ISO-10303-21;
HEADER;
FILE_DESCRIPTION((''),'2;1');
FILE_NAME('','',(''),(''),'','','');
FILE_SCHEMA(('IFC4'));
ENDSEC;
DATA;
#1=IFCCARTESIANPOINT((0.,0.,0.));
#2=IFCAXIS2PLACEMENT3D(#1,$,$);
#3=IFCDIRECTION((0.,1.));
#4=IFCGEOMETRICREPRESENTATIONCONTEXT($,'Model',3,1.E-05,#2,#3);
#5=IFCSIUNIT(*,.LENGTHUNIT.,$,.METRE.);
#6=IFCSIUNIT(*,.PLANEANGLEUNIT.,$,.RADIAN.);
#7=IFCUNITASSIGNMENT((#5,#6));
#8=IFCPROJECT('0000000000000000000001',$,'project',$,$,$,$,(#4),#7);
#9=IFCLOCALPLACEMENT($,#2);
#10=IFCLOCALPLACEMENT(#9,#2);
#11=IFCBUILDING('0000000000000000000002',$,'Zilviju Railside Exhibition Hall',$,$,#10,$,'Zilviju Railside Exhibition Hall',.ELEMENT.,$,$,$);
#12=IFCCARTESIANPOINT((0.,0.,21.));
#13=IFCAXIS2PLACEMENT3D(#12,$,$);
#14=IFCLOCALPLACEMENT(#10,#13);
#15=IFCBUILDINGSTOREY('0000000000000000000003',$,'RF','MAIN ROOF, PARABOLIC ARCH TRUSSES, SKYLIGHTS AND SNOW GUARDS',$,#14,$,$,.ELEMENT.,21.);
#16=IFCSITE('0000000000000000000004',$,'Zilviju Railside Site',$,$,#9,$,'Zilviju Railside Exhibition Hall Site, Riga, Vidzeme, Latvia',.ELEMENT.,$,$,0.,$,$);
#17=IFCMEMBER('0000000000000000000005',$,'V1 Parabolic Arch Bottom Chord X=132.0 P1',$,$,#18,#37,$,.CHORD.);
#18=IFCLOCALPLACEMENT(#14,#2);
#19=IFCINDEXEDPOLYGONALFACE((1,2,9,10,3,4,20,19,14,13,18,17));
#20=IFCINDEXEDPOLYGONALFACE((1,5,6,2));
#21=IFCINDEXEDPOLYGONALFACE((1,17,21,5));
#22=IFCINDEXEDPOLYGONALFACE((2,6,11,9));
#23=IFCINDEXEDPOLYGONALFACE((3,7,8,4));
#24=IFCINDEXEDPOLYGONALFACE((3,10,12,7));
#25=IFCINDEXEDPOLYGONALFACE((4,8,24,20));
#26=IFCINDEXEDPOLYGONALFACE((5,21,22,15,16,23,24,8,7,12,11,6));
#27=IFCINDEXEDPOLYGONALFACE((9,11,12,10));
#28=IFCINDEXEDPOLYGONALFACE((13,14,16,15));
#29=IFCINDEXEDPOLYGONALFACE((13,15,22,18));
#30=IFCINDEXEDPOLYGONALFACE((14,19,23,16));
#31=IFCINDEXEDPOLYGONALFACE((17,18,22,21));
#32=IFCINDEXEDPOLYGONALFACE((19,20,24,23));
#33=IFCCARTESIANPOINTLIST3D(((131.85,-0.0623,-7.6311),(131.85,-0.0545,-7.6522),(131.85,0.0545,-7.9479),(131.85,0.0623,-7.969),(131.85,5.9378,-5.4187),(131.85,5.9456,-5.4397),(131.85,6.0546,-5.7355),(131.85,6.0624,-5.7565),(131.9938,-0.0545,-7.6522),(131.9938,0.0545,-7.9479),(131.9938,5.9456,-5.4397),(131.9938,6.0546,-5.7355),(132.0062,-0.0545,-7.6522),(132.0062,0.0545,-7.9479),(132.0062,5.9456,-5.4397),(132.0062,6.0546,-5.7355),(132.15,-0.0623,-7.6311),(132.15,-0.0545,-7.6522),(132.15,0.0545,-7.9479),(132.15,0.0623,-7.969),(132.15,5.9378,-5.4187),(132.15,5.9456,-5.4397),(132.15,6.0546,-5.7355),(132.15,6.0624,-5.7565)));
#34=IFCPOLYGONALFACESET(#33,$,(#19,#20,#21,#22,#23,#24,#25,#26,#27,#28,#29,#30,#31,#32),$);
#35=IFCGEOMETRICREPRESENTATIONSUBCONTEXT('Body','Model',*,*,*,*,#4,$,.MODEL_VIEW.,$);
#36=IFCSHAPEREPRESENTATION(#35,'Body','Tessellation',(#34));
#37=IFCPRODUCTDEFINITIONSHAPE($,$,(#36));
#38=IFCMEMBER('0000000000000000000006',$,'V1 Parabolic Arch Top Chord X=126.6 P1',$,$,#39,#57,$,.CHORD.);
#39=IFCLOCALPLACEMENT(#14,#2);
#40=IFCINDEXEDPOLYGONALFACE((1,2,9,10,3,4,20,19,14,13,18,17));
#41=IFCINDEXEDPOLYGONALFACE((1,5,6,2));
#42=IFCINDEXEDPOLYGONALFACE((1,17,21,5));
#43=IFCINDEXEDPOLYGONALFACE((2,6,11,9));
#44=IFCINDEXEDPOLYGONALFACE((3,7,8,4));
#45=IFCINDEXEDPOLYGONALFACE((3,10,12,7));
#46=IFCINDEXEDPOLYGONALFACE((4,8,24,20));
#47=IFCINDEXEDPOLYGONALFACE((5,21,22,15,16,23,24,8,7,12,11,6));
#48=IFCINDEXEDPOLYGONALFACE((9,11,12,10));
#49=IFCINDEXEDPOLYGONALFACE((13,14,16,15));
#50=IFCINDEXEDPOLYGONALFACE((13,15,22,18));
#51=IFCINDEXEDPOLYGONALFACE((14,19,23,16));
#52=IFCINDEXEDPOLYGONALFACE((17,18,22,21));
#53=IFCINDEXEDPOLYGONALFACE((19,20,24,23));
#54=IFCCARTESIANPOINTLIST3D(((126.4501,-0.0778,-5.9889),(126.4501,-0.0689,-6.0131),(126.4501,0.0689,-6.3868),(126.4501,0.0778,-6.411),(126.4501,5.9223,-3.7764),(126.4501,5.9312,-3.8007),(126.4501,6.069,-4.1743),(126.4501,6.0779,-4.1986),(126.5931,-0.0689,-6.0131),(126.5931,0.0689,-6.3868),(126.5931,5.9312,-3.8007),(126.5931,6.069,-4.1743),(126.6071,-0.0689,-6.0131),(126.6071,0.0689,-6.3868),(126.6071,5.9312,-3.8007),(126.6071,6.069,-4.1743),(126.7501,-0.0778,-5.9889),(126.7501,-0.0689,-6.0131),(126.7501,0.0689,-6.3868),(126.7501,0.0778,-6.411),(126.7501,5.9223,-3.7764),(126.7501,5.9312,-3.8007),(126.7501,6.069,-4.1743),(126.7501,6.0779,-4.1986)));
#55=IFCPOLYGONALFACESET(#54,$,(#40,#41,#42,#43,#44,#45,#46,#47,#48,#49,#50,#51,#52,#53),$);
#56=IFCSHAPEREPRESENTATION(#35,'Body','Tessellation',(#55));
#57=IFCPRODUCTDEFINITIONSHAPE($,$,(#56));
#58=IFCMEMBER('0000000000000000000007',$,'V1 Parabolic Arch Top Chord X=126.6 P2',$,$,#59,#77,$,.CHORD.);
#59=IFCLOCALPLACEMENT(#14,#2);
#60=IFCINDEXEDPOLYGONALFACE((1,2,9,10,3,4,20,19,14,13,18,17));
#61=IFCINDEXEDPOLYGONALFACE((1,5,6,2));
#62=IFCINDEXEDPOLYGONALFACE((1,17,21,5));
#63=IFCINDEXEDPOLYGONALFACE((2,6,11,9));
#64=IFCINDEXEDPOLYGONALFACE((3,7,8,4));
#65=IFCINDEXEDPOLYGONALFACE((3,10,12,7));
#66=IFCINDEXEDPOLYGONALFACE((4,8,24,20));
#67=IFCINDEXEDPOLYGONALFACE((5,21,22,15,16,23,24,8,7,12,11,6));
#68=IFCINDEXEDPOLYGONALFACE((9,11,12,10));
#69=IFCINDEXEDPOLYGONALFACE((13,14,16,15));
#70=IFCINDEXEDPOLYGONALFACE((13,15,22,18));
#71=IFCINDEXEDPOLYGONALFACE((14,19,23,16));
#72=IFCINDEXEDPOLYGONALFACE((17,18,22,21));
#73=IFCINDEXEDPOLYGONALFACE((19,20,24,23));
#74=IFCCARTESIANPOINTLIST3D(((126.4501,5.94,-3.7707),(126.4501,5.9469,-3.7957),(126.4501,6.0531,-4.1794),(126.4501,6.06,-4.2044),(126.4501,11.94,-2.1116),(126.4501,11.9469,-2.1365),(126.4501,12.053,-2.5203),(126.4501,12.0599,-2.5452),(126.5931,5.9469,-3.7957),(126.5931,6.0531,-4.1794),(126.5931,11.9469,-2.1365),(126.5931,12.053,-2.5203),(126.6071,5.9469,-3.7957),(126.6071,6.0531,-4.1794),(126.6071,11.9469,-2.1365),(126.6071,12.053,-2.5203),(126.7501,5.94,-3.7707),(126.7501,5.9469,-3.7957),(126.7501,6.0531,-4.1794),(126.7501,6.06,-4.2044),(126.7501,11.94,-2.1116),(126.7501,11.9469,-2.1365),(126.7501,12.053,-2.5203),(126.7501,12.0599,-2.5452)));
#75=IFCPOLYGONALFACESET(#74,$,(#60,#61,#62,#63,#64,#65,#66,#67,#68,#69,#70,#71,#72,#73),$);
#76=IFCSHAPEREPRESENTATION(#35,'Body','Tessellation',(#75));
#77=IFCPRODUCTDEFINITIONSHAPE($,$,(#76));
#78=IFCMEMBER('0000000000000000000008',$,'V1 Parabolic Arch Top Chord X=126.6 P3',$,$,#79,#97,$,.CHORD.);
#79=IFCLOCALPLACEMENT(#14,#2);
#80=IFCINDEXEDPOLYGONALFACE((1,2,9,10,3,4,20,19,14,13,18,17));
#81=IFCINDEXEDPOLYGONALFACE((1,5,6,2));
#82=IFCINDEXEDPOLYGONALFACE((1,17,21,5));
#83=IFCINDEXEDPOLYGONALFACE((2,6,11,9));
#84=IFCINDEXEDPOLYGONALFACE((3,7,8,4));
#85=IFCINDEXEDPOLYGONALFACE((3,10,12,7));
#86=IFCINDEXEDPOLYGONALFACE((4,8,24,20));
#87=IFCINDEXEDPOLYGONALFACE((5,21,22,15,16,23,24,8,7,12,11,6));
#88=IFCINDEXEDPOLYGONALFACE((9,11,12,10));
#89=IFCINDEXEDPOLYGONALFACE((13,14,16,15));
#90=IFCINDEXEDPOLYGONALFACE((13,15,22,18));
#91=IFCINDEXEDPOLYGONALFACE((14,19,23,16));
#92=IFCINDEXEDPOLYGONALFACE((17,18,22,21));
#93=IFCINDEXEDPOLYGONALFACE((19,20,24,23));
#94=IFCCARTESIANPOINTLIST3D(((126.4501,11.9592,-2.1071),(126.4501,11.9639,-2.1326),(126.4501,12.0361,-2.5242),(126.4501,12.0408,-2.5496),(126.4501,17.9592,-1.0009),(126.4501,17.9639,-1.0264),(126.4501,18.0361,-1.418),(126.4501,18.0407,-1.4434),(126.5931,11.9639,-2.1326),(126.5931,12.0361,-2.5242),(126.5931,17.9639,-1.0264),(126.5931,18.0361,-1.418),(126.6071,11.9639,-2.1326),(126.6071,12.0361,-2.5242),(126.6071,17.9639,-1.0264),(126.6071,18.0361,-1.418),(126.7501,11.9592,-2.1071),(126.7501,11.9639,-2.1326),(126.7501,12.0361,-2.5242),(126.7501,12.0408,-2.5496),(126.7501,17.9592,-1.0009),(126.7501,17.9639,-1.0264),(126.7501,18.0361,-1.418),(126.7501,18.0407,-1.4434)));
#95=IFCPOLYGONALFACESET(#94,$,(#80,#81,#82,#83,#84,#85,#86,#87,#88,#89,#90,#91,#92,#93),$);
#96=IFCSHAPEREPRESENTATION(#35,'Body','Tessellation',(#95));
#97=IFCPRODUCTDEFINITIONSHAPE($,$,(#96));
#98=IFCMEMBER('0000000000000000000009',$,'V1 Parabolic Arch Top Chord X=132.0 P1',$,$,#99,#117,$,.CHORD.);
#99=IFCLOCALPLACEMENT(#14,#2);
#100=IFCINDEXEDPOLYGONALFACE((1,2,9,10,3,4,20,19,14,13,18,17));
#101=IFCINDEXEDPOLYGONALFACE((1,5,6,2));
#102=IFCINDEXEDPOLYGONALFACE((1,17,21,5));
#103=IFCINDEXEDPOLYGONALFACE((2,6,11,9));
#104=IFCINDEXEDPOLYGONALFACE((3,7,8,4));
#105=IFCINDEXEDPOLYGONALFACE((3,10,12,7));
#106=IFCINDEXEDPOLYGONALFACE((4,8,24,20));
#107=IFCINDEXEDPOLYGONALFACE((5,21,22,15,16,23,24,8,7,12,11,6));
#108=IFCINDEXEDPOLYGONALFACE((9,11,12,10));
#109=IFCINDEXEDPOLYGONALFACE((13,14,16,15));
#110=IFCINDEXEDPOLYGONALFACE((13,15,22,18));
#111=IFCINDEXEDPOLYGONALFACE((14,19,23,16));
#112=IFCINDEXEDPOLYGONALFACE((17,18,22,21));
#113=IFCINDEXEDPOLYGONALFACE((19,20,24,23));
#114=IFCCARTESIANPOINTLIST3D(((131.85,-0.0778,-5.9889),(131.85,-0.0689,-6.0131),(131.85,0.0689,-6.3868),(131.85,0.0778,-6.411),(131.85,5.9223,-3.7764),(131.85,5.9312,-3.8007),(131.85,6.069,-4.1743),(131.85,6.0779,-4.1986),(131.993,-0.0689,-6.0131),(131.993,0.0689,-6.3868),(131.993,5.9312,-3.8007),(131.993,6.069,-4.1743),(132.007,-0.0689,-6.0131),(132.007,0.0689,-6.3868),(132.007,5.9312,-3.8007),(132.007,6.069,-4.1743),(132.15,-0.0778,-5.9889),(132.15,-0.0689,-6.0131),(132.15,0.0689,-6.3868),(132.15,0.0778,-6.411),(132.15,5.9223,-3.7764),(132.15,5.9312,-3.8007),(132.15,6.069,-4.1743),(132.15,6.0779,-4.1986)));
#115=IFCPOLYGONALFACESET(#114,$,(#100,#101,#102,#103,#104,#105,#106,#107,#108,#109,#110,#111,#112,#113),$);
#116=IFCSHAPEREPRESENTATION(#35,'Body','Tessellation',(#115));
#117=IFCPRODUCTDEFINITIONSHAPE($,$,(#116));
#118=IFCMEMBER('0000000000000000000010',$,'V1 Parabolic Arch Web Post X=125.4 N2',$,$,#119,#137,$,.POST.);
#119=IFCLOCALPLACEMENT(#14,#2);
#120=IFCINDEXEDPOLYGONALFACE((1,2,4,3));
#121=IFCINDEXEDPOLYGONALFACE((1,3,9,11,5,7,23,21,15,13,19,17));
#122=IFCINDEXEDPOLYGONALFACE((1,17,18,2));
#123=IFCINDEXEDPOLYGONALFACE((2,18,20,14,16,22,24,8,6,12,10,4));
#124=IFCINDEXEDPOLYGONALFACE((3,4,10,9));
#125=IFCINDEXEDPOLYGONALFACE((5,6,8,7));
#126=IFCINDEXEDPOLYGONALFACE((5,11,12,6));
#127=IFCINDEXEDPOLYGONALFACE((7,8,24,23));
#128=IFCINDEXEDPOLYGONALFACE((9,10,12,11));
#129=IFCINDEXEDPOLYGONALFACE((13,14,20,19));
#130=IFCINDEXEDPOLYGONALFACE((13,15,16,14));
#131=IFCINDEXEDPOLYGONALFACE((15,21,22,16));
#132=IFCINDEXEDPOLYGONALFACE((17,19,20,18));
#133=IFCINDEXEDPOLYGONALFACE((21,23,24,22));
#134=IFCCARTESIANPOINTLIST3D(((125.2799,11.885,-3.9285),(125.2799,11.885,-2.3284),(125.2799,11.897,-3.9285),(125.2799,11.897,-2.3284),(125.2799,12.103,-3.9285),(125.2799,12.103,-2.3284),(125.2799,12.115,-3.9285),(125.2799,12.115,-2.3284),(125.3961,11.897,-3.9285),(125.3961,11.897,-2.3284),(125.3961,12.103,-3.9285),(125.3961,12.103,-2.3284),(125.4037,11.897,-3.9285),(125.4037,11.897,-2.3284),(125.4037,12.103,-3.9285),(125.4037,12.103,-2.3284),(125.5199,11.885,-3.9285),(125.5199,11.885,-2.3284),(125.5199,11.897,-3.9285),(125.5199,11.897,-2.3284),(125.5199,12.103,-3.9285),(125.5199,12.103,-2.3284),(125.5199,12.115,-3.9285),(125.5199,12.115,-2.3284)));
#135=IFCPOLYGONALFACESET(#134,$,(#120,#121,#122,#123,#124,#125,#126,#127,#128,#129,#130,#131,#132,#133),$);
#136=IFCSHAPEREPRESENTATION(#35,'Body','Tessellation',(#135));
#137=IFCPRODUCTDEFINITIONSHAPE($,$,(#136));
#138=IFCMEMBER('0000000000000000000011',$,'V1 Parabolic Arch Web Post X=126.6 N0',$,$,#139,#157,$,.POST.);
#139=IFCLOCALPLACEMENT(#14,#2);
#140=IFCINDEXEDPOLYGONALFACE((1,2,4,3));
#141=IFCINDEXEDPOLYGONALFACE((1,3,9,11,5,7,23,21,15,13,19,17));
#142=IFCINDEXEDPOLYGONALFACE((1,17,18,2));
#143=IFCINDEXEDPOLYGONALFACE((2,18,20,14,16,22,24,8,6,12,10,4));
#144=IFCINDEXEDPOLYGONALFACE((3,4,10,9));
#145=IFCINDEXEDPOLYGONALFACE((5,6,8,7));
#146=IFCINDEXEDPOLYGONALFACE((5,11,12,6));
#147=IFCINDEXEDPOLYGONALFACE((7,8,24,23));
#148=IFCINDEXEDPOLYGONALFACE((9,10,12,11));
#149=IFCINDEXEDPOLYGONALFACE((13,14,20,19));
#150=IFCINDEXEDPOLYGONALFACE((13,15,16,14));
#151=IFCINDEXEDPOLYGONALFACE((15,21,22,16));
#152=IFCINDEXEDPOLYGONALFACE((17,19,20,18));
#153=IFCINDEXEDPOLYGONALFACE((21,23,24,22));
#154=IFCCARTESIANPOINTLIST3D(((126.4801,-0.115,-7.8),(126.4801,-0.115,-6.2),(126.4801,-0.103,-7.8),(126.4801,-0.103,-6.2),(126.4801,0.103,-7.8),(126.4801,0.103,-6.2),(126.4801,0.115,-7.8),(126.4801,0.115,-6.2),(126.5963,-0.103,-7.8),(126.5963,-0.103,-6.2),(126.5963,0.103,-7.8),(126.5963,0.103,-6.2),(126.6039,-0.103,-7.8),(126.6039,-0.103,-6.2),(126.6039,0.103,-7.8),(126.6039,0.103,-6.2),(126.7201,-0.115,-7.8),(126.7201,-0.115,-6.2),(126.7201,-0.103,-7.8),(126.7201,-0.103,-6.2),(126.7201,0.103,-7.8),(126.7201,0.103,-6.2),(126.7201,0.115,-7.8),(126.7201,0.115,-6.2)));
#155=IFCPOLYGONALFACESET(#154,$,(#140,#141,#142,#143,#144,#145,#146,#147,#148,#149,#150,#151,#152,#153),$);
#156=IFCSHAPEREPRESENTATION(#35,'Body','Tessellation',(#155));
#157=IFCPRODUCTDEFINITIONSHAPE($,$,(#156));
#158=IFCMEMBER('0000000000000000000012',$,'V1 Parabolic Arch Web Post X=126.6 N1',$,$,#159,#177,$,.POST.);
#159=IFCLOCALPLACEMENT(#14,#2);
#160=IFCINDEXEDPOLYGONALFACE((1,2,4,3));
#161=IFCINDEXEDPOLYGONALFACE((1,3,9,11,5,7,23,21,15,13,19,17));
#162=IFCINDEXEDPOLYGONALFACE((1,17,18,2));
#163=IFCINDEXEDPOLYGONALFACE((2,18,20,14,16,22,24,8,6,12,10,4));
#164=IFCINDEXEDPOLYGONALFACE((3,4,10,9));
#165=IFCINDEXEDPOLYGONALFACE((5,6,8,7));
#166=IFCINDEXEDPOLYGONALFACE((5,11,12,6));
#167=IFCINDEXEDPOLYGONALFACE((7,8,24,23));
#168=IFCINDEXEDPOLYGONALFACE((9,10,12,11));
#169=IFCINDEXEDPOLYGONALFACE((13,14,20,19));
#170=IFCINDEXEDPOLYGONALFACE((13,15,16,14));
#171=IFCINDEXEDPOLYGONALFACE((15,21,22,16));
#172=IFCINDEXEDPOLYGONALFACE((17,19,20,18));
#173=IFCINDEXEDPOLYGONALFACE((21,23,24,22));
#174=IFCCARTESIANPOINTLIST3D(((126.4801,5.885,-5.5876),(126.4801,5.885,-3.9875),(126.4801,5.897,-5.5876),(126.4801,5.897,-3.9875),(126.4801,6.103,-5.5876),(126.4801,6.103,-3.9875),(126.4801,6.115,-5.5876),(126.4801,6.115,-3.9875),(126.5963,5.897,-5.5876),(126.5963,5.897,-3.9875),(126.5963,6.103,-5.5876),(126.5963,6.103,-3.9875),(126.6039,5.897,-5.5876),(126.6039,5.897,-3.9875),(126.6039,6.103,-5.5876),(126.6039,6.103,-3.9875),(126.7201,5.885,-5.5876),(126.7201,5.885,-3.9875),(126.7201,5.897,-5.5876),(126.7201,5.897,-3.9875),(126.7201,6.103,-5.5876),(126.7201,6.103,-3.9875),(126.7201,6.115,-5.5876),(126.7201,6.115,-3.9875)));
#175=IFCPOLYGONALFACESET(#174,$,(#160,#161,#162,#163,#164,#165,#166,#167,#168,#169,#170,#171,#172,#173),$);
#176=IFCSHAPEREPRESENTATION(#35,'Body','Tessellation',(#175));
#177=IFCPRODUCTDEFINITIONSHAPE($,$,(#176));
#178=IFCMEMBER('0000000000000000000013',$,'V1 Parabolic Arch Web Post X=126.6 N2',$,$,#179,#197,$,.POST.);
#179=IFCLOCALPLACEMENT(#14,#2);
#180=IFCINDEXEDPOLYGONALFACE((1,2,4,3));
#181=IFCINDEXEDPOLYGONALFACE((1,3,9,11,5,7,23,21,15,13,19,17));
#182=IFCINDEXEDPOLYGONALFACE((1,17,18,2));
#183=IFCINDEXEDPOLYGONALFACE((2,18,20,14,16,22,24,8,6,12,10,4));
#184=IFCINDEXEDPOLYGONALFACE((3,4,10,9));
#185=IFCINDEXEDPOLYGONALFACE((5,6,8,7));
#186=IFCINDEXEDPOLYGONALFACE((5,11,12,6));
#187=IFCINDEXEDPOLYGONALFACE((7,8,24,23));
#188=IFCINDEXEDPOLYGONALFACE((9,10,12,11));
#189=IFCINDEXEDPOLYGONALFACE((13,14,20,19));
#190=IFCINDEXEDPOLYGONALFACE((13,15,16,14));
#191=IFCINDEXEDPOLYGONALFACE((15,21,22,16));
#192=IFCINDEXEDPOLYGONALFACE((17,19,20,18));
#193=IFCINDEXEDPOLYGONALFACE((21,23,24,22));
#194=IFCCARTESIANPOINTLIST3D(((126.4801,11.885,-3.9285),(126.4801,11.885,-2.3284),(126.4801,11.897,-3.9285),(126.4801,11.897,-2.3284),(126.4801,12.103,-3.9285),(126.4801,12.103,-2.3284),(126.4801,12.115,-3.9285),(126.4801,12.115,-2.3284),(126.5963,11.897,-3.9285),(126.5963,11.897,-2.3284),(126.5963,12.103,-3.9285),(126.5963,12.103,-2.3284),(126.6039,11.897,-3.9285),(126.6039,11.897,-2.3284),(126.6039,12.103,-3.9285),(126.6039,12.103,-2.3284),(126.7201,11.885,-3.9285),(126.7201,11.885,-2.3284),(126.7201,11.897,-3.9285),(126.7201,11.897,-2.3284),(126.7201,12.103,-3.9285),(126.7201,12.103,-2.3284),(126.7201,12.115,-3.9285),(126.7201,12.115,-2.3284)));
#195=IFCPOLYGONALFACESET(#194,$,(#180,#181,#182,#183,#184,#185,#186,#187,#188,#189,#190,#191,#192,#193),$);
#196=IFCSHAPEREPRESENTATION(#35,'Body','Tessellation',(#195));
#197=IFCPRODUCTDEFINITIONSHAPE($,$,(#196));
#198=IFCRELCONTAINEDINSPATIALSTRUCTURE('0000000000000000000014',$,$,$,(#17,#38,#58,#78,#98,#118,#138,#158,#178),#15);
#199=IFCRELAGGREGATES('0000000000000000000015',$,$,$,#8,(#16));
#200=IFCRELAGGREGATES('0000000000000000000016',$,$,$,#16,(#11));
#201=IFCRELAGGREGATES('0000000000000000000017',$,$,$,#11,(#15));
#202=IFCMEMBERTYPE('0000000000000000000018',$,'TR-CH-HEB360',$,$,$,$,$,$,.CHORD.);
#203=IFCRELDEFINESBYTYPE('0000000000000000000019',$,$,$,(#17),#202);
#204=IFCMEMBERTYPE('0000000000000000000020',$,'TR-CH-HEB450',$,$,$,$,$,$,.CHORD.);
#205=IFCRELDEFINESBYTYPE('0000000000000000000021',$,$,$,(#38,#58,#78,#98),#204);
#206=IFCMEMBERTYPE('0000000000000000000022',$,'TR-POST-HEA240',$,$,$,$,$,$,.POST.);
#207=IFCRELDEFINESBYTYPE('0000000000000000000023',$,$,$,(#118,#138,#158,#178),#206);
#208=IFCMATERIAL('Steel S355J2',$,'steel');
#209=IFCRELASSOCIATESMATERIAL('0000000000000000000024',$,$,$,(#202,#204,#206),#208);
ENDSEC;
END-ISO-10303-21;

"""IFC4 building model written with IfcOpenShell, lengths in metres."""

from ifc_helpers import new_model, si_unit, direction, frame, origin, origin_2d, place, context, subcontext, project, spatial, i_section, extrude, material, material_profile, profile_set, type_object, element, save


model = new_model("IFC4")

# Units and contexts
model_context = context("Model", 3, precision=1e-05, world=origin(), true_north=direction((0.0, 1.0)))
body_context = subcontext(model_context, "Body", "Model", "MODEL_VIEW")
ifc_project = project(units=[si_unit("LENGTHUNIT", "METRE"), si_unit("PLANEANGLEUNIT", "RADIAN")], contexts=[model_context])

# Site, building, storey
site_placement = place(None, origin())
site = spatial("IfcSite", under=ifc_project, at=site_placement, Name="Zilviju Railside Site", LongName="Zilviju Railside Exhibition Hall Site, Riga, Vidzeme, Latvia", CompositionType="ELEMENT", RefElevation=0.0)
building_placement = place(site_placement, origin())
building = spatial("IfcBuilding", under=site, at=building_placement, Name="Zilviju Railside Exhibition Hall", LongName="Zilviju Railside Exhibition Hall", CompositionType="ELEMENT")
storey_placement = place(building_placement, frame((0.0, 0.0, 21.0)))
storey = spatial("IfcBuildingStorey", under=building, at=storey_placement, Name="RF", Description="MAIN ROOF, PARABOLIC ARCH TRUSSES, SKYLIGHTS AND SNOW GUARDS", CompositionType="ELEMENT", Elevation=21.0)

# Members
ifc_material_1 = material(Name="Steel S355J2", Category="steel")
ifc_material_profile_1 = material_profile(ifc_material_1, i_section(OverallWidth=0.3, OverallDepth=0.3601, WebThickness=0.0125, FlangeThickness=0.0225, at=origin_2d()), Name="HEB 360")
ifc_profile_set_1 = profile_set([ifc_material_profile_1], Name="Steel S355J2")
member_type_1 = type_object("IfcMemberType", Name="TR-CH-HEB360", PredefinedType="CHORD", material=ifc_profile_set_1)
member_1_placement = place(storey_placement, frame((132.0, 0.0, -7.8), z_axis=(0.0, 0.938248, 0.345964), x_axis=(-1.0, 0.0, 0.0)))
element("IfcMember", 1, at=member_1_placement, inside=storey, type_object=member_type_1, Name="V1 Parabolic Arch Bottom Chord X=132.0 P1", PredefinedType="CHORD", context=body_context, shape_type="SweptSolid", body=[
    extrude(i_section(OverallWidth=0.3, OverallDepth=0.3601, WebThickness=0.0125, FlangeThickness=0.0225, at=origin_2d()), origin(), (0.0, 0.0, 1.0), 6.395),
])
ifc_material_profile_2 = material_profile(ifc_material_1, i_section(OverallWidth=0.3, OverallDepth=0.45, WebThickness=0.0139, FlangeThickness=0.0259, at=origin_2d()), Name="HEB 450")
ifc_profile_set_2 = profile_set([ifc_material_profile_2], Name="Steel S355J2")
member_type_2 = type_object("IfcMemberType", Name="TR-CH-HEB450", PredefinedType="CHORD", material=ifc_profile_set_2)
member_2_placement = place(storey_placement, frame((126.6001, 0.0, -6.2), z_axis=(0.0, 0.938248, 0.345964), x_axis=(-1.0, 0.0, 0.0)))
element("IfcMember", 2, at=member_2_placement, inside=storey, type_object=member_type_2, Name="V1 Parabolic Arch Top Chord X=126.6 P1", PredefinedType="CHORD", context=body_context, shape_type="SweptSolid", body=[
    extrude(i_section(OverallWidth=0.3, OverallDepth=0.45, WebThickness=0.0139, FlangeThickness=0.0259, at=origin_2d()), origin(), (0.0, 0.0, 1.0), 6.395),
])
member_3_placement = place(storey_placement, frame((126.6001, 6.0, -3.9875), z_axis=(0.0, 0.963827, 0.266527), x_axis=(-1.0, 0.0, 0.0)))
element("IfcMember", 3, at=member_3_placement, inside=storey, type_object=member_type_2, Name="V1 Parabolic Arch Top Chord X=126.6 P2", PredefinedType="CHORD", context=body_context, shape_type="SweptSolid", body=[
    extrude(i_section(OverallWidth=0.3, OverallDepth=0.45, WebThickness=0.0139, FlangeThickness=0.0259, at=origin_2d()), origin(), (0.0, 0.0, 1.0), 6.2251),
])
member_4_placement = place(storey_placement, frame((126.6001, 12.0, -2.3284), z_axis=(0.0, 0.983426, 0.181311), x_axis=(-1.0, 0.0, 0.0)))
element("IfcMember", 4, at=member_4_placement, inside=storey, type_object=member_type_2, Name="V1 Parabolic Arch Top Chord X=126.6 P3", PredefinedType="CHORD", context=body_context, shape_type="SweptSolid", body=[
    extrude(i_section(OverallWidth=0.3, OverallDepth=0.45, WebThickness=0.0139, FlangeThickness=0.0259, at=origin_2d()), origin(), (0.0, 0.0, 1.0), 6.1011),
])
member_5_placement = place(storey_placement, frame((132.0, 0.0, -6.2), z_axis=(0.0, 0.938248, 0.345964), x_axis=(-1.0, 0.0, 0.0)))
element("IfcMember", 5, at=member_5_placement, inside=storey, type_object=member_type_2, Name="V1 Parabolic Arch Top Chord X=132.0 P1", PredefinedType="CHORD", context=body_context, shape_type="SweptSolid", body=[
    extrude(i_section(OverallWidth=0.3, OverallDepth=0.45, WebThickness=0.0139, FlangeThickness=0.0259, at=origin_2d()), origin(), (0.0, 0.0, 1.0), 6.395),
])
ifc_material_profile_3 = material_profile(ifc_material_1, i_section(OverallWidth=0.24, OverallDepth=0.23, WebThickness=0.0076, FlangeThickness=0.012, at=origin_2d()), Name="HEA 240")
ifc_profile_set_3 = profile_set([ifc_material_profile_3], Name="Steel S355J2")
member_type_3 = type_object("IfcMemberType", Name="TR-POST-HEA240", PredefinedType="POST", material=ifc_profile_set_3)
for number, where, z_axis, x_axis, name in (
    (6, (125.3999, 12.0, -3.9285), (0.0, 0.0, 1.0), (1.0, 0.0, 0.0), "V1 Parabolic Arch Web Post X=125.4 N2"),
    (7, (126.6001, 0.0, -7.8), (0.0, 0.0, 1.0), (1.0, 0.0, 0.0), "V1 Parabolic Arch Web Post X=126.6 N0"),
    (8, (126.6001, 6.0, -5.5876), (0.0, 0.0, 1.0), (1.0, 0.0, 0.0), "V1 Parabolic Arch Web Post X=126.6 N1"),
    (9, (126.6001, 12.0, -3.9285), (0.0, 0.0, 1.0), (1.0, 0.0, 0.0), "V1 Parabolic Arch Web Post X=126.6 N2"),
):
    element("IfcMember", number, at=place(storey_placement, frame(where, z_axis=z_axis, x_axis=x_axis)), inside=storey, type_object=member_type_3, Name=name, PredefinedType="POST", context=body_context, shape_type="SweptSolid", body=[
        extrude(i_section(OverallWidth=0.24, OverallDepth=0.23, WebThickness=0.0076, FlangeThickness=0.012, at=origin_2d()), origin(), (0.0, 0.0, 1.0), 1.6001),
    ])

save(model, "model.ifc")
